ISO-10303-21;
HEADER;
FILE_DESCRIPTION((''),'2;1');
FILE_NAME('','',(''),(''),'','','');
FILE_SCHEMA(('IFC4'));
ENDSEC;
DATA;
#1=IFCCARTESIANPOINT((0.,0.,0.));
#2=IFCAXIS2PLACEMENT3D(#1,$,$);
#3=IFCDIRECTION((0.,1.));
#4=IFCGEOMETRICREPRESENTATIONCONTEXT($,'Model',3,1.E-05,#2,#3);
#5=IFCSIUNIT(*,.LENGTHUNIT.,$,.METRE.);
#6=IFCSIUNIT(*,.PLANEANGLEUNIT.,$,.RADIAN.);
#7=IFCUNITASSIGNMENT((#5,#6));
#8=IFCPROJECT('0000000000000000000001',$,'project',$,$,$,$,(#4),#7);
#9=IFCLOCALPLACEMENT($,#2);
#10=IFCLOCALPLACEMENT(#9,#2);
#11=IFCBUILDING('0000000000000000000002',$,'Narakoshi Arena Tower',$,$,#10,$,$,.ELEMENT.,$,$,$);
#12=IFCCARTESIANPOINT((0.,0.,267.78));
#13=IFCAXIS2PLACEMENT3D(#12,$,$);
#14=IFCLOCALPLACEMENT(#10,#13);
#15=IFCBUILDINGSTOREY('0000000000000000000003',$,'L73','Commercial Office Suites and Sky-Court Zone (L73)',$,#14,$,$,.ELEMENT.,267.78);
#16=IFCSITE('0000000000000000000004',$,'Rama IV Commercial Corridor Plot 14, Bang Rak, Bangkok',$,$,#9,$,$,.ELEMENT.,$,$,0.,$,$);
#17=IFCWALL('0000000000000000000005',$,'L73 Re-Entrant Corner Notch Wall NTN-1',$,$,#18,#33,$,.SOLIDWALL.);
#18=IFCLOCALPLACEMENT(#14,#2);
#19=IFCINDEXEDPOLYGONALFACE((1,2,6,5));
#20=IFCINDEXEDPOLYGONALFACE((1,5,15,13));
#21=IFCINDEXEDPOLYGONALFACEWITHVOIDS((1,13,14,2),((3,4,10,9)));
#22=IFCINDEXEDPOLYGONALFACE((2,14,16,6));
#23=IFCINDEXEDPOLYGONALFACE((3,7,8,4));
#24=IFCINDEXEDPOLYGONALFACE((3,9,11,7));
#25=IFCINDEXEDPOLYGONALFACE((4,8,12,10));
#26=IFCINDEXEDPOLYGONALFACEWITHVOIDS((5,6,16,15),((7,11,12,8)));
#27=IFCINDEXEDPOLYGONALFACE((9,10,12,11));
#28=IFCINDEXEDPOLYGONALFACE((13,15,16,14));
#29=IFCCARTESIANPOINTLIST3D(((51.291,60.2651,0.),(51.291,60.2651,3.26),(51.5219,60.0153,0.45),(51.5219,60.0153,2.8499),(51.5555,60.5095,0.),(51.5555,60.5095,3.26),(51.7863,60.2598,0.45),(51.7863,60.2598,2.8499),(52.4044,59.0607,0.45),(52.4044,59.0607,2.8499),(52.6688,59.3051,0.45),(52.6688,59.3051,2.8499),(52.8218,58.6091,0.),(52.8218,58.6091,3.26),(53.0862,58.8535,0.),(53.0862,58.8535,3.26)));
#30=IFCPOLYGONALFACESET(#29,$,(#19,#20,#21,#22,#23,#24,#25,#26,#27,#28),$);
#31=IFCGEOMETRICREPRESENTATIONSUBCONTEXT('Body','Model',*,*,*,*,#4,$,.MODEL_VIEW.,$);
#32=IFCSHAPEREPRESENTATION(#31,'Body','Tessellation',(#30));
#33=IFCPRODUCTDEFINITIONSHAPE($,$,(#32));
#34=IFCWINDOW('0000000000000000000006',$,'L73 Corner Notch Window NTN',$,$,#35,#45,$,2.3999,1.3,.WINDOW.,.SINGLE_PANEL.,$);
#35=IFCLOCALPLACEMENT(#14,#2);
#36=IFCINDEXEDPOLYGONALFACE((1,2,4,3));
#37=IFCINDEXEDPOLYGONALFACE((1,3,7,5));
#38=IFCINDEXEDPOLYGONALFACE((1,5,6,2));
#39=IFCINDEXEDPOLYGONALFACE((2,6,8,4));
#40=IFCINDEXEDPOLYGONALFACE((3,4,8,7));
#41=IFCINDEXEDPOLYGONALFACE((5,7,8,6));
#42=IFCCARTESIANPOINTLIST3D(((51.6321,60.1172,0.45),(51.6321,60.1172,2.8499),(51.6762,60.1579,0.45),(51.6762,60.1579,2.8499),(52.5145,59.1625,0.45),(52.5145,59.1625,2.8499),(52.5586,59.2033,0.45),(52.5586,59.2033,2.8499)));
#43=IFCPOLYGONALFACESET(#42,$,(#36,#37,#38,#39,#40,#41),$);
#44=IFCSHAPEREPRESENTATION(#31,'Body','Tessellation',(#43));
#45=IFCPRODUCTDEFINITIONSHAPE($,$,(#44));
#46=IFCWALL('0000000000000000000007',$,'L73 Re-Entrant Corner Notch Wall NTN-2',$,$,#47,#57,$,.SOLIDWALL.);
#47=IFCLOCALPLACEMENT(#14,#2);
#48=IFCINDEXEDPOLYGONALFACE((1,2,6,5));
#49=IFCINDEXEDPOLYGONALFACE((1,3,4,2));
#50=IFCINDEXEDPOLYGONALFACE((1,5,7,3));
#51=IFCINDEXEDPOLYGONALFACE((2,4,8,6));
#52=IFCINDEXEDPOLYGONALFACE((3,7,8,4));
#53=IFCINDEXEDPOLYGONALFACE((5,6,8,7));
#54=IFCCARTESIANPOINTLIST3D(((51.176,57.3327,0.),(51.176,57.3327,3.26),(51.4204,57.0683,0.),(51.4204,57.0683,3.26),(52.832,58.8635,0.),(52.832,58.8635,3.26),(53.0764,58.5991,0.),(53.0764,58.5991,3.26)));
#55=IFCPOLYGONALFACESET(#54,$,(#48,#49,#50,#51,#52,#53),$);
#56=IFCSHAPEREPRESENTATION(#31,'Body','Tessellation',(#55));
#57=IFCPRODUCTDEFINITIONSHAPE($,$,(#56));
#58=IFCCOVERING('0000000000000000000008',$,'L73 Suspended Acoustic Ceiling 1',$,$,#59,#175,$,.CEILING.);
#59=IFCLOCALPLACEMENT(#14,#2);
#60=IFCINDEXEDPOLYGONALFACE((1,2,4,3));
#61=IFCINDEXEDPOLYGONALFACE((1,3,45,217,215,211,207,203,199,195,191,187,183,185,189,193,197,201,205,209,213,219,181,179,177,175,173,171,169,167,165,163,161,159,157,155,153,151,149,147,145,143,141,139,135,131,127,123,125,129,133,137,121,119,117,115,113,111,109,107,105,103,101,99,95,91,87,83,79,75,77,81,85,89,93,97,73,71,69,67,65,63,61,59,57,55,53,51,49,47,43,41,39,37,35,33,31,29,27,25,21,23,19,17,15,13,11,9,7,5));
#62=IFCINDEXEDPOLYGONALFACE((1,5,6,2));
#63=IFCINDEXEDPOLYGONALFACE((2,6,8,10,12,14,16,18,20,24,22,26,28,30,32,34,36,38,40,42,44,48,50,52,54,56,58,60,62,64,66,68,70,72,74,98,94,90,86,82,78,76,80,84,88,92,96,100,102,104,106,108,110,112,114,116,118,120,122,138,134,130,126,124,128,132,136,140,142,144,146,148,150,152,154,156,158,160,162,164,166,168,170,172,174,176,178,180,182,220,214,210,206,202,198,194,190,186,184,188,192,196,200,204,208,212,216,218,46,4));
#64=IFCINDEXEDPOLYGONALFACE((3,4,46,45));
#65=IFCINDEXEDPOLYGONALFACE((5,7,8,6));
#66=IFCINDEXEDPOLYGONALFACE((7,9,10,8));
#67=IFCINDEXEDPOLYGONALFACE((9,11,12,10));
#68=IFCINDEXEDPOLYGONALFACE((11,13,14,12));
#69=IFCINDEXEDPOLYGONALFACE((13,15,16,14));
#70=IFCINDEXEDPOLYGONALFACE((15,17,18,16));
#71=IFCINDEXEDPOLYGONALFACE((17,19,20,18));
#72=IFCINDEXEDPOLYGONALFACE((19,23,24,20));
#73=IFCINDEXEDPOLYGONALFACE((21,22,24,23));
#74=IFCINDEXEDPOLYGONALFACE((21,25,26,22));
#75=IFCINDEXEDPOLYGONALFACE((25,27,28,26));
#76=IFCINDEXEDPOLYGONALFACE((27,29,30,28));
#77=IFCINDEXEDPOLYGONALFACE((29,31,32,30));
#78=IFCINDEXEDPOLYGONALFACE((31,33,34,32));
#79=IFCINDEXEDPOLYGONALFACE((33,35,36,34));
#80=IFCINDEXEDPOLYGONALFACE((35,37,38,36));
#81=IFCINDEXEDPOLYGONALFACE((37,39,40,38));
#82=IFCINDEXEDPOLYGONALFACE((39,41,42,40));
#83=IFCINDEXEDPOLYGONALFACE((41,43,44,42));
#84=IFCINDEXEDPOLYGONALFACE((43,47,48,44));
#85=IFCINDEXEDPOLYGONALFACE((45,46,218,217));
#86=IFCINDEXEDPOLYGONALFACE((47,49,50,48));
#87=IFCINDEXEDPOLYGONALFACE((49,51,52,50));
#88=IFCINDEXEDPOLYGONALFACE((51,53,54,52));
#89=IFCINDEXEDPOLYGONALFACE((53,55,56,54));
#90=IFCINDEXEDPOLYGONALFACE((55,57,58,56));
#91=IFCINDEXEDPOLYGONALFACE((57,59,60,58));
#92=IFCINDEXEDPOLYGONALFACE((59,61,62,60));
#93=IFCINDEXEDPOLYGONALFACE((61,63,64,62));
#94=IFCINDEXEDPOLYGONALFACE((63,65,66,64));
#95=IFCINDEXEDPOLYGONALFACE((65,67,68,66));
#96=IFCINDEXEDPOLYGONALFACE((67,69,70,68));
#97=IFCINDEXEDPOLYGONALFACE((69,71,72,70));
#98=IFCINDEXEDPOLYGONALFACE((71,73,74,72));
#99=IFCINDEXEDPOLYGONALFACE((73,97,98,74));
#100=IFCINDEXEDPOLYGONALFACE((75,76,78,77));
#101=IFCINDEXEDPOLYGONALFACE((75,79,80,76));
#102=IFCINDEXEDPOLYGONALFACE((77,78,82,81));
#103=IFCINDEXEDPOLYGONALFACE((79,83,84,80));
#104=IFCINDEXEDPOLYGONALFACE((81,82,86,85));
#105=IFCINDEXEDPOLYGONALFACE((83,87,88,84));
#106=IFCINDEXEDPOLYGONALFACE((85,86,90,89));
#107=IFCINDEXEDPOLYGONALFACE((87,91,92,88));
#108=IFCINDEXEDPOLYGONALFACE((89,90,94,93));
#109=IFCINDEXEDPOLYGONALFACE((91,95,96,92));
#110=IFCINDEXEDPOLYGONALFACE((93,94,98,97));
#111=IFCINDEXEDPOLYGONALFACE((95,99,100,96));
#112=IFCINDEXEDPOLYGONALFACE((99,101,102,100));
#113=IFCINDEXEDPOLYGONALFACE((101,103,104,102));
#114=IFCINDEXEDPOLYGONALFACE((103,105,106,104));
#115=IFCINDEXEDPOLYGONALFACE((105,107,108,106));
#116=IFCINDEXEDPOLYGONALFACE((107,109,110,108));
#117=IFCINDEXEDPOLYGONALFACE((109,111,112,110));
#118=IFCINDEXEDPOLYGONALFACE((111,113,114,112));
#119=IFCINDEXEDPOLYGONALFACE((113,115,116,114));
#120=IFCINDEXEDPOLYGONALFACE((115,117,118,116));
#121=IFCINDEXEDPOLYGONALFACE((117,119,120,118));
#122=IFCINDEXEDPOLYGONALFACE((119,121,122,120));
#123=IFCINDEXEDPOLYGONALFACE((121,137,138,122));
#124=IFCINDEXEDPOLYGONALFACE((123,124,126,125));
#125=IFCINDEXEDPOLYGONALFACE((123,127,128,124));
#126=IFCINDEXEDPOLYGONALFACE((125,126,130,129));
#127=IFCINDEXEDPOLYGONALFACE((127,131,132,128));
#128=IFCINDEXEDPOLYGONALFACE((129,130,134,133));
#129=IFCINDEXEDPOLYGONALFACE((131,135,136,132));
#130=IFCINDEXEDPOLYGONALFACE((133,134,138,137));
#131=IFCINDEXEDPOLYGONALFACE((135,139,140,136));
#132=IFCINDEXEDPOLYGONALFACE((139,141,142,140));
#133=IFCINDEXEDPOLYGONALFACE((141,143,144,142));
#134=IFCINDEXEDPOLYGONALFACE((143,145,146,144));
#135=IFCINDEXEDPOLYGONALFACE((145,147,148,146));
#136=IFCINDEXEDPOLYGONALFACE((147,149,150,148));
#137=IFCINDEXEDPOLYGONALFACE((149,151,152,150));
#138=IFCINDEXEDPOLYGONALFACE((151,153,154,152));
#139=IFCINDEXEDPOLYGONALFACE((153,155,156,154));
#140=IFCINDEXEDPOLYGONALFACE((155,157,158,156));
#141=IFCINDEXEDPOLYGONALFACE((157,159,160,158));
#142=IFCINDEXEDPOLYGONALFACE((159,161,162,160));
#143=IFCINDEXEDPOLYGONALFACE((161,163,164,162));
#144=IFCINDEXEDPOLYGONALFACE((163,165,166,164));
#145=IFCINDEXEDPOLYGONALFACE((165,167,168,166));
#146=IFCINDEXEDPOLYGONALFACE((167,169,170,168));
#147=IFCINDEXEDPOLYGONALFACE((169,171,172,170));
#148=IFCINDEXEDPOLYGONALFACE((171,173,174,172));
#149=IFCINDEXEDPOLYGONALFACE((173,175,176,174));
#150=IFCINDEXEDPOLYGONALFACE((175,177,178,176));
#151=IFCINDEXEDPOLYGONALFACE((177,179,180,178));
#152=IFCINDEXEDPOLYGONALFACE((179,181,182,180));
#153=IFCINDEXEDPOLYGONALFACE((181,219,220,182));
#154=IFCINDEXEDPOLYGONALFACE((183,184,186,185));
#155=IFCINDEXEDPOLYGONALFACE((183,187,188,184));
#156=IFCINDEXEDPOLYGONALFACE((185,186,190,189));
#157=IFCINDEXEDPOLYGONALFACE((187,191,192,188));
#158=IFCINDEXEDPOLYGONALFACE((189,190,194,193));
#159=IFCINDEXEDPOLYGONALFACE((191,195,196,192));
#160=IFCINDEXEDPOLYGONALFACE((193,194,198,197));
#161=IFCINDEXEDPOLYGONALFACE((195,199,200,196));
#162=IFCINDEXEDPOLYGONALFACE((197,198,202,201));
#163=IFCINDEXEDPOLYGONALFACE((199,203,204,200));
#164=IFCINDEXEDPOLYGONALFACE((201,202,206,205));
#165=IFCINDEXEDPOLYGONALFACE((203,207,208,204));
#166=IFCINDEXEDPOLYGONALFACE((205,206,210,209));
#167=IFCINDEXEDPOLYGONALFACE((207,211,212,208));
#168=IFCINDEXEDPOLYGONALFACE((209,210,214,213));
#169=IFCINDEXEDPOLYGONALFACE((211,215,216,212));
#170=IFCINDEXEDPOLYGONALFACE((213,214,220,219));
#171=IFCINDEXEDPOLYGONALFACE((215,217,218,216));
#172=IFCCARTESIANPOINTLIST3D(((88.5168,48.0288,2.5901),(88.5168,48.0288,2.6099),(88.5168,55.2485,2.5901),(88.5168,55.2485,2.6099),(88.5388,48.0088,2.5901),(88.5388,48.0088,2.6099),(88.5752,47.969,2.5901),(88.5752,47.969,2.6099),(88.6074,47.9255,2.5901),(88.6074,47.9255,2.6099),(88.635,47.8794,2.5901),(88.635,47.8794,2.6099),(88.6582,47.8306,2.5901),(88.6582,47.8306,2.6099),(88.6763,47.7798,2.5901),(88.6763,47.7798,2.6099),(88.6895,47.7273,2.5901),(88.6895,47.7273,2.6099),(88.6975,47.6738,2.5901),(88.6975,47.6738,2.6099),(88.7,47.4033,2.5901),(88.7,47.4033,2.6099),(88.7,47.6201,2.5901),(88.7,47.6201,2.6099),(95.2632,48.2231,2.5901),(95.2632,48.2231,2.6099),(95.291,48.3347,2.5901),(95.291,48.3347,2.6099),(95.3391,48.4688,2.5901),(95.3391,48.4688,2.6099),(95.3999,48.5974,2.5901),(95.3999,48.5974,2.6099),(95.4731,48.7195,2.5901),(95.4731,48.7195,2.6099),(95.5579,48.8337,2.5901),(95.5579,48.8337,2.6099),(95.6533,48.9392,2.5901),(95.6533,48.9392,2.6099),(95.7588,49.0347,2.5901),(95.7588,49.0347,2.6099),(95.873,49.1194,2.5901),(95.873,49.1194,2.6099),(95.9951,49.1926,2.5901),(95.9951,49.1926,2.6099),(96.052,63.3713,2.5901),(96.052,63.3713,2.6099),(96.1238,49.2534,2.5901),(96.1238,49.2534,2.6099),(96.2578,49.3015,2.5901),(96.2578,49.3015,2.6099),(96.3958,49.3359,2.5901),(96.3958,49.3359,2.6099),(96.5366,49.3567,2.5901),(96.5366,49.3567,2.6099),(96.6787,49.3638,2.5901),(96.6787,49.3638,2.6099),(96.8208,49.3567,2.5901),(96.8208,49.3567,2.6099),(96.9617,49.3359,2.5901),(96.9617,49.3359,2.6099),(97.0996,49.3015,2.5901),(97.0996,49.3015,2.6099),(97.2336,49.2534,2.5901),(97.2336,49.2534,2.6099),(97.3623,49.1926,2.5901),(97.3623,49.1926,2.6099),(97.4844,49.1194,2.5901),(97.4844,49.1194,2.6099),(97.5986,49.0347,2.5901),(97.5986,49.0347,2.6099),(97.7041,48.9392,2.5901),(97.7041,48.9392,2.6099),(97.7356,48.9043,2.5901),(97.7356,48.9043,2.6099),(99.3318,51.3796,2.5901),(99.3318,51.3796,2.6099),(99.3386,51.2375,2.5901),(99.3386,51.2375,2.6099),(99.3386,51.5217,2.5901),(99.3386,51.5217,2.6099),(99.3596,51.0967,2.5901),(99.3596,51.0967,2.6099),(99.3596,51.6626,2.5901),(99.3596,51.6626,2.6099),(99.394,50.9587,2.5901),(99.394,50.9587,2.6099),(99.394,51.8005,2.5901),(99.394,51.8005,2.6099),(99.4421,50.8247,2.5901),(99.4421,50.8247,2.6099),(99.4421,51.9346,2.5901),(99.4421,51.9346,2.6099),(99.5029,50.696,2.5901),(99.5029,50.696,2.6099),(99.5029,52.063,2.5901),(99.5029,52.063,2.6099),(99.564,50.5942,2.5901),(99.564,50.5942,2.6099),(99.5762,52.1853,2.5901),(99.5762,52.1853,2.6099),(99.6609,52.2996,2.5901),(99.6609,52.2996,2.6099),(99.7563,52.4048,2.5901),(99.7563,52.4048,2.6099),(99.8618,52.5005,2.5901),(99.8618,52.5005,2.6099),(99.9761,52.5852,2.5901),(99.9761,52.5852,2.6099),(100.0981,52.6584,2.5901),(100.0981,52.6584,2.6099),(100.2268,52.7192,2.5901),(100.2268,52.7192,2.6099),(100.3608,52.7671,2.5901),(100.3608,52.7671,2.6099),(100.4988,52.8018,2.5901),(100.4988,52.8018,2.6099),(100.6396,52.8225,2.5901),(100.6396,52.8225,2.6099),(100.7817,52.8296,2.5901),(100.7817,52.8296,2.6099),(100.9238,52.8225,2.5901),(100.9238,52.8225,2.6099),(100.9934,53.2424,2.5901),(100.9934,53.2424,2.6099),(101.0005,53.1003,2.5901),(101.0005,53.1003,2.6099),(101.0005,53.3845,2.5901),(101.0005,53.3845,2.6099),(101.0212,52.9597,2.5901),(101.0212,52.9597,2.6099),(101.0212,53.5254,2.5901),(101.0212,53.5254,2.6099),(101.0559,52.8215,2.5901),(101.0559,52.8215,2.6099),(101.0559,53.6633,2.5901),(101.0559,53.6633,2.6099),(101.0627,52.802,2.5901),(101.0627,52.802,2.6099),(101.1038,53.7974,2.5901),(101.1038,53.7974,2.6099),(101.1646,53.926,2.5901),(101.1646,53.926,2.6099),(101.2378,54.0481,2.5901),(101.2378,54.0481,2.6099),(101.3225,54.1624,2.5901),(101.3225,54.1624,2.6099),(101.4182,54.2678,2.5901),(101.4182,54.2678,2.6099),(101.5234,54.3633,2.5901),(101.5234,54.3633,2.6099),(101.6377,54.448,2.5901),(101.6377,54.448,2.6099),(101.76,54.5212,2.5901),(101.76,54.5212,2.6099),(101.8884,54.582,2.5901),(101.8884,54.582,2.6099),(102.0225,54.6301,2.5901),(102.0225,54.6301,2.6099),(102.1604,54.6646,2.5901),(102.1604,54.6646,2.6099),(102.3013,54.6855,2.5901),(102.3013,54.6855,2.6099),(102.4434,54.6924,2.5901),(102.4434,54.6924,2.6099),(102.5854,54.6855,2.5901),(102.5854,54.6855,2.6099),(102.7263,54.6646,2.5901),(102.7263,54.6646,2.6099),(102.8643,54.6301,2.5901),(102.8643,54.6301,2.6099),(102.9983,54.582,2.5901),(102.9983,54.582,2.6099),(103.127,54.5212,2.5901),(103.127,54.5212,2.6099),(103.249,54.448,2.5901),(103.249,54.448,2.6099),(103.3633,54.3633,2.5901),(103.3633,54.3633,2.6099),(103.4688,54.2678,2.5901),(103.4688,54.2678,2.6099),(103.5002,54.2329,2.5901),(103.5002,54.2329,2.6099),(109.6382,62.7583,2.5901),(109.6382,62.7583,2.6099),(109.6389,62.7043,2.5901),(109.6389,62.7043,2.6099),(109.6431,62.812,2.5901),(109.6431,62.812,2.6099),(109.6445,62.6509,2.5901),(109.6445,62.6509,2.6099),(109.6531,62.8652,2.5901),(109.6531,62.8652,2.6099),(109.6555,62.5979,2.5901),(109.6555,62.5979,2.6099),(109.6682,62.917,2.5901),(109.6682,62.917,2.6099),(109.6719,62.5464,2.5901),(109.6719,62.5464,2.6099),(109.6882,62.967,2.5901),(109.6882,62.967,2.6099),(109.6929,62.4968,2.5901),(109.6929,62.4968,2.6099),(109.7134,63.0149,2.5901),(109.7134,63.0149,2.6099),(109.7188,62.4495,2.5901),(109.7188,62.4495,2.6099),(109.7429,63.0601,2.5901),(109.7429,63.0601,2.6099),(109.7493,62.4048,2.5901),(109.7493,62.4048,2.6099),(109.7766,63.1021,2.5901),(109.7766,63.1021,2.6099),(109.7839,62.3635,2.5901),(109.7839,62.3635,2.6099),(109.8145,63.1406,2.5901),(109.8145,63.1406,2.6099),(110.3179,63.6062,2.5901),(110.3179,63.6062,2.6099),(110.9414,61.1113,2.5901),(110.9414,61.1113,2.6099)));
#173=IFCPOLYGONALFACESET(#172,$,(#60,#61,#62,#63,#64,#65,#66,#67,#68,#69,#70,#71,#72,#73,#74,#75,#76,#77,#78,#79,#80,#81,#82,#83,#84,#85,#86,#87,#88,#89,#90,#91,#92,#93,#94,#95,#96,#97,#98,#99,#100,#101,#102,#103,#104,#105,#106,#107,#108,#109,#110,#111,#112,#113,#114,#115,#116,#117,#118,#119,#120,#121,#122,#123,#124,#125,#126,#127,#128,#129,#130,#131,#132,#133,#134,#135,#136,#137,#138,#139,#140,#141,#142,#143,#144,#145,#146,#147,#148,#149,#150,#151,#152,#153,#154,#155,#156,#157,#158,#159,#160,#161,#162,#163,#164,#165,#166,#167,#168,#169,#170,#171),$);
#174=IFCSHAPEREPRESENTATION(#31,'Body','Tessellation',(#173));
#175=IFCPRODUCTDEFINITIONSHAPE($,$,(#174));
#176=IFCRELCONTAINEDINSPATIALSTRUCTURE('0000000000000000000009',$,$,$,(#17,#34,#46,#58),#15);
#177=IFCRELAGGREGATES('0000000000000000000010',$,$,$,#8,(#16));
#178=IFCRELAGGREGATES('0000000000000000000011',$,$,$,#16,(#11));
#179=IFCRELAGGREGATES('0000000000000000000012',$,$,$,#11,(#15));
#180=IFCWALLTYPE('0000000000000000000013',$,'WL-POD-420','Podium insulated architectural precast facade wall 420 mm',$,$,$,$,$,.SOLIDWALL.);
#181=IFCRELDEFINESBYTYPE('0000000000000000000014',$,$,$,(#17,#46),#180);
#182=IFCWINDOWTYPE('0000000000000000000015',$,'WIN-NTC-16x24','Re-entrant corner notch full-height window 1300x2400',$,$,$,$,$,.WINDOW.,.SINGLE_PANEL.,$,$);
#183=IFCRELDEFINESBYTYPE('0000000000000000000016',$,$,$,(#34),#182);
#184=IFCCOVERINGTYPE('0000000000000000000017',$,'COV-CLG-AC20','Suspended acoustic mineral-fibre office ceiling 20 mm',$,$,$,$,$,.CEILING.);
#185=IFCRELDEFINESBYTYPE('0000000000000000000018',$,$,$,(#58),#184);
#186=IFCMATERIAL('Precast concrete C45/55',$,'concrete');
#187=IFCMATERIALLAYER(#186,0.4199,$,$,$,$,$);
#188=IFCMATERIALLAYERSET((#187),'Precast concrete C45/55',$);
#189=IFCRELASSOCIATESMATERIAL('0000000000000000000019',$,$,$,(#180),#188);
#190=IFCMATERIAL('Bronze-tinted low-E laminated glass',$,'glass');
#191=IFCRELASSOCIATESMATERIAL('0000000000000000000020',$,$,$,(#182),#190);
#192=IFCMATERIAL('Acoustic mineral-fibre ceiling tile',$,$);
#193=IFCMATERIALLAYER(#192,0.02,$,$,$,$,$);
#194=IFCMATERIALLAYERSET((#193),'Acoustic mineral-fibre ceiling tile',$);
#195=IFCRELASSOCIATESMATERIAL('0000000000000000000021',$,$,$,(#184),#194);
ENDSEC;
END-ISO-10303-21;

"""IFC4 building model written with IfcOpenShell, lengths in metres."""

from ifc_helpers import new_model, si_unit, direction, frame, frame_2d, origin, place, context, subcontext, project, spatial, polyline, rectangle, outline, extrude, material, layer, layer_set, type_object, element, fill, save


model = new_model("IFC4")

# Units and contexts
model_context = context("Model", 3, precision=1e-05, world=origin(), true_north=direction((0.0, 1.0)))
body_context = subcontext(model_context, "Body", "Model", "MODEL_VIEW")
ifc_project = project(units=[si_unit("LENGTHUNIT", "METRE"), si_unit("PLANEANGLEUNIT", "RADIAN")], contexts=[model_context])

# Site, building, storey
site_placement = place(None, origin())
site = spatial("IfcSite", under=ifc_project, at=site_placement, Name="Rama IV Commercial Corridor Plot 14, Bang Rak, Bangkok", CompositionType="ELEMENT", RefElevation=0.0)
building_placement = place(site_placement, origin())
building = spatial("IfcBuilding", under=site, at=building_placement, Name="Narakoshi Arena Tower", CompositionType="ELEMENT")
storey_placement = place(building_placement, frame((0.0, 0.0, 267.78)))
storey = spatial("IfcBuildingStorey", under=building, at=storey_placement, Name="L73", Description="Commercial Office Suites and Sky-Court Zone (L73)", CompositionType="ELEMENT", Elevation=267.78)

# Shared definitions
ifc_material_1 = material(Name="Bronze-tinted low-E laminated glass", Category="glass")

# Shared definitions
ifc_material_2 = material(Name="Precast concrete C45/55", Category="concrete")

# Wall, opening, window
ifc_layer_1 = layer(ifc_material_2, 0.4199)
ifc_layer_set_1 = layer_set([ifc_layer_1], Name="Precast concrete C45/55")
wall_type_1 = type_object("IfcWallType", Name="WL-POD-420", Description="Podium insulated architectural precast facade wall 420 mm", PredefinedType="SOLIDWALL", material=ifc_layer_set_1)
wall_1_placement = place(storey_placement, frame((51.4233, 60.3872, 0.0), z_axis=(0.0, 0.0, 1.0), x_axis=(0.678793, -0.73433, 0.0)))
wall_1 = element("IfcWall", 1, at=wall_1_placement, inside=storey, type_object=wall_type_1, Name="L73 Re-Entrant Corner Notch Wall NTN-1", PredefinedType="SOLIDWALL", context=body_context, shape_type="SweptSolid", body=[
    extrude(rectangle(XDim=2.2551, YDim=0.3601, at=frame_2d((1.1274, 0.0))), origin(), (0.0, 0.0, 1.0), 3.26),
])
opening_1_placement = place(wall_1_placement, frame((0.3401, 0.0, 0.45)))
opening_1 = element("IfcOpeningElement", 2, at=opening_1_placement, cuts=wall_1, PredefinedType="OPENING", context=body_context, shape_type="SweptSolid", body=[
    extrude(rectangle(XDim=1.3, YDim=2.3999, at=frame_2d((0.6499, 1.2))), frame((0.0, 0.1899, 0.0), z_axis=(0.0, -1.0, 0.0), x_axis=(1.0, 0.0, 0.0)), (0.0, 0.0, 1.0), 0.3801),
])
window_type_1 = type_object("IfcWindowType", Name="WIN-NTC-16x24", Description="Re-entrant corner notch full-height window 1300x2400", PartitioningType="SINGLE_PANEL", PredefinedType="WINDOW", material=ifc_material_1)
window_1_placement = place(opening_1_placement, origin())
window_1 = element("IfcWindow", 3, at=window_1_placement, inside=storey, type_object=window_type_1, Name="L73 Corner Notch Window NTN", OverallHeight=2.3999, OverallWidth=1.3, PartitioningType="SINGLE_PANEL", PredefinedType="WINDOW", context=body_context, shape_type="SweptSolid", body=[
    extrude(rectangle(XDim=1.3, YDim=2.3999, at=frame_2d((0.6499, 1.2))), frame((0.0, 0.03, 0.0), z_axis=(0.0, -1.0, 0.0), x_axis=(1.0, 0.0, 0.0)), (0.0, 0.0, 1.0), 0.0601),
])
fill(opening_1, window_1)

# Wall
wall_2_placement = place(storey_placement, frame((52.9541, 58.7312, 0.0), z_axis=(0.0, 0.0, 1.0), x_axis=(-0.73433, -0.678793, 0.0)))
element("IfcWall", 4, at=wall_2_placement, inside=storey, type_object=wall_type_1, Name="L73 Re-Entrant Corner Notch Wall NTN-2", PredefinedType="SOLIDWALL", context=body_context, shape_type="SweptSolid", body=[
    extrude(rectangle(XDim=2.2551, YDim=0.3601, at=frame_2d((1.1274, 0.0))), origin(), (0.0, 0.0, 1.0), 3.26),
])

# Covering
ifc_material_3 = material(Name="Acoustic mineral-fibre ceiling tile")
ifc_layer_2 = layer(ifc_material_3, 0.02)
ifc_layer_set_2 = layer_set([ifc_layer_2], Name="Acoustic mineral-fibre ceiling tile")
covering_type_1 = type_object("IfcCoveringType", Name="COV-CLG-AC20", Description="Suspended acoustic mineral-fibre office ceiling 20 mm", PredefinedType="CEILING", material=ifc_layer_set_2)
covering_1_placement = place(storey_placement, frame((0.0, 0.0, 2.5901)))
element("IfcCovering", 5, at=covering_1_placement, inside=storey, type_object=covering_type_1, Name="L73 Suspended Acoustic Ceiling 1", PredefinedType="CEILING", context=body_context, shape_type="SweptSolid", body=[
    extrude(outline(polyline([(88.5168, 55.2485), (96.052, 63.3713), (110.3179, 63.6062), (109.8145, 63.1406), (109.7766, 63.1021), (109.7429, 63.0601), (109.7134, 63.0149), (109.6882, 62.967), (109.6682, 62.917), (109.6531, 62.8652), (109.6431, 62.812), (109.6382, 62.7583), (109.6389, 62.7043), (109.6445, 62.6509), (109.6555, 62.5979), (109.6719, 62.5464), (109.6929, 62.4968), (109.7188, 62.4495), (109.7493, 62.4048), (109.7839, 62.3635), (110.9414, 61.1113), (103.5002, 54.2329), (103.4688, 54.2678), (103.3633, 54.3633), (103.249, 54.448), (103.127, 54.5212), (102.9983, 54.582), (102.8643, 54.6301), (102.7263, 54.6646), (102.5854, 54.6855), (102.4434, 54.6924), (102.3013, 54.6855), (102.1604, 54.6646), (102.0225, 54.6301), (101.8884, 54.582), (101.76, 54.5212), (101.6377, 54.448), (101.5234, 54.3633), (101.4182, 54.2678), (101.3225, 54.1624), (101.2378, 54.0481), (101.1646, 53.926), (101.1038, 53.7974), (101.0559, 53.6633), (101.0212, 53.5254), (101.0005, 53.3845), (100.9934, 53.2424), (101.0005, 53.1003), (101.0212, 52.9597), (101.0559, 52.8215), (101.0627, 52.802), (100.9238, 52.8225), (100.7817, 52.8296), (100.6396, 52.8225), (100.4988, 52.8018), (100.3608, 52.7671), (100.2268, 52.7192), (100.0981, 52.6584), (99.9761, 52.5852), (99.8618, 52.5005), (99.7563, 52.4048), (99.6609, 52.2996), (99.5762, 52.1853), (99.5029, 52.063), (99.4421, 51.9346), (99.394, 51.8005), (99.3596, 51.6626), (99.3386, 51.5217), (99.3318, 51.3796), (99.3386, 51.2375), (99.3596, 51.0967), (99.394, 50.9587), (99.4421, 50.8247), (99.5029, 50.696), (99.564, 50.5942), (97.7356, 48.9043), (97.7041, 48.9392), (97.5986, 49.0347), (97.4844, 49.1194), (97.3623, 49.1926), (97.2336, 49.2534), (97.0996, 49.3015), (96.9617, 49.3359), (96.8208, 49.3567), (96.6787, 49.3638), (96.5366, 49.3567), (96.3958, 49.3359), (96.2578, 49.3015), (96.1238, 49.2534), (95.9951, 49.1926), (95.873, 49.1194), (95.7588, 49.0347), (95.6533, 48.9392), (95.5579, 48.8337), (95.4731, 48.7195), (95.3999, 48.5974), (95.3391, 48.4688), (95.291, 48.3347), (95.2632, 48.2231), (88.7, 47.4033), (88.7, 47.6201), (88.6975, 47.6738), (88.6895, 47.7273), (88.6763, 47.7798), (88.6582, 47.8306), (88.635, 47.8794), (88.6074, 47.9255), (88.5752, 47.969), (88.5388, 48.0088), (88.5168, 48.0288), (88.5168, 55.2485)])), origin(), (0.0, 0.0, 1.0), 0.0198),
])

save(model, "model.ifc")
